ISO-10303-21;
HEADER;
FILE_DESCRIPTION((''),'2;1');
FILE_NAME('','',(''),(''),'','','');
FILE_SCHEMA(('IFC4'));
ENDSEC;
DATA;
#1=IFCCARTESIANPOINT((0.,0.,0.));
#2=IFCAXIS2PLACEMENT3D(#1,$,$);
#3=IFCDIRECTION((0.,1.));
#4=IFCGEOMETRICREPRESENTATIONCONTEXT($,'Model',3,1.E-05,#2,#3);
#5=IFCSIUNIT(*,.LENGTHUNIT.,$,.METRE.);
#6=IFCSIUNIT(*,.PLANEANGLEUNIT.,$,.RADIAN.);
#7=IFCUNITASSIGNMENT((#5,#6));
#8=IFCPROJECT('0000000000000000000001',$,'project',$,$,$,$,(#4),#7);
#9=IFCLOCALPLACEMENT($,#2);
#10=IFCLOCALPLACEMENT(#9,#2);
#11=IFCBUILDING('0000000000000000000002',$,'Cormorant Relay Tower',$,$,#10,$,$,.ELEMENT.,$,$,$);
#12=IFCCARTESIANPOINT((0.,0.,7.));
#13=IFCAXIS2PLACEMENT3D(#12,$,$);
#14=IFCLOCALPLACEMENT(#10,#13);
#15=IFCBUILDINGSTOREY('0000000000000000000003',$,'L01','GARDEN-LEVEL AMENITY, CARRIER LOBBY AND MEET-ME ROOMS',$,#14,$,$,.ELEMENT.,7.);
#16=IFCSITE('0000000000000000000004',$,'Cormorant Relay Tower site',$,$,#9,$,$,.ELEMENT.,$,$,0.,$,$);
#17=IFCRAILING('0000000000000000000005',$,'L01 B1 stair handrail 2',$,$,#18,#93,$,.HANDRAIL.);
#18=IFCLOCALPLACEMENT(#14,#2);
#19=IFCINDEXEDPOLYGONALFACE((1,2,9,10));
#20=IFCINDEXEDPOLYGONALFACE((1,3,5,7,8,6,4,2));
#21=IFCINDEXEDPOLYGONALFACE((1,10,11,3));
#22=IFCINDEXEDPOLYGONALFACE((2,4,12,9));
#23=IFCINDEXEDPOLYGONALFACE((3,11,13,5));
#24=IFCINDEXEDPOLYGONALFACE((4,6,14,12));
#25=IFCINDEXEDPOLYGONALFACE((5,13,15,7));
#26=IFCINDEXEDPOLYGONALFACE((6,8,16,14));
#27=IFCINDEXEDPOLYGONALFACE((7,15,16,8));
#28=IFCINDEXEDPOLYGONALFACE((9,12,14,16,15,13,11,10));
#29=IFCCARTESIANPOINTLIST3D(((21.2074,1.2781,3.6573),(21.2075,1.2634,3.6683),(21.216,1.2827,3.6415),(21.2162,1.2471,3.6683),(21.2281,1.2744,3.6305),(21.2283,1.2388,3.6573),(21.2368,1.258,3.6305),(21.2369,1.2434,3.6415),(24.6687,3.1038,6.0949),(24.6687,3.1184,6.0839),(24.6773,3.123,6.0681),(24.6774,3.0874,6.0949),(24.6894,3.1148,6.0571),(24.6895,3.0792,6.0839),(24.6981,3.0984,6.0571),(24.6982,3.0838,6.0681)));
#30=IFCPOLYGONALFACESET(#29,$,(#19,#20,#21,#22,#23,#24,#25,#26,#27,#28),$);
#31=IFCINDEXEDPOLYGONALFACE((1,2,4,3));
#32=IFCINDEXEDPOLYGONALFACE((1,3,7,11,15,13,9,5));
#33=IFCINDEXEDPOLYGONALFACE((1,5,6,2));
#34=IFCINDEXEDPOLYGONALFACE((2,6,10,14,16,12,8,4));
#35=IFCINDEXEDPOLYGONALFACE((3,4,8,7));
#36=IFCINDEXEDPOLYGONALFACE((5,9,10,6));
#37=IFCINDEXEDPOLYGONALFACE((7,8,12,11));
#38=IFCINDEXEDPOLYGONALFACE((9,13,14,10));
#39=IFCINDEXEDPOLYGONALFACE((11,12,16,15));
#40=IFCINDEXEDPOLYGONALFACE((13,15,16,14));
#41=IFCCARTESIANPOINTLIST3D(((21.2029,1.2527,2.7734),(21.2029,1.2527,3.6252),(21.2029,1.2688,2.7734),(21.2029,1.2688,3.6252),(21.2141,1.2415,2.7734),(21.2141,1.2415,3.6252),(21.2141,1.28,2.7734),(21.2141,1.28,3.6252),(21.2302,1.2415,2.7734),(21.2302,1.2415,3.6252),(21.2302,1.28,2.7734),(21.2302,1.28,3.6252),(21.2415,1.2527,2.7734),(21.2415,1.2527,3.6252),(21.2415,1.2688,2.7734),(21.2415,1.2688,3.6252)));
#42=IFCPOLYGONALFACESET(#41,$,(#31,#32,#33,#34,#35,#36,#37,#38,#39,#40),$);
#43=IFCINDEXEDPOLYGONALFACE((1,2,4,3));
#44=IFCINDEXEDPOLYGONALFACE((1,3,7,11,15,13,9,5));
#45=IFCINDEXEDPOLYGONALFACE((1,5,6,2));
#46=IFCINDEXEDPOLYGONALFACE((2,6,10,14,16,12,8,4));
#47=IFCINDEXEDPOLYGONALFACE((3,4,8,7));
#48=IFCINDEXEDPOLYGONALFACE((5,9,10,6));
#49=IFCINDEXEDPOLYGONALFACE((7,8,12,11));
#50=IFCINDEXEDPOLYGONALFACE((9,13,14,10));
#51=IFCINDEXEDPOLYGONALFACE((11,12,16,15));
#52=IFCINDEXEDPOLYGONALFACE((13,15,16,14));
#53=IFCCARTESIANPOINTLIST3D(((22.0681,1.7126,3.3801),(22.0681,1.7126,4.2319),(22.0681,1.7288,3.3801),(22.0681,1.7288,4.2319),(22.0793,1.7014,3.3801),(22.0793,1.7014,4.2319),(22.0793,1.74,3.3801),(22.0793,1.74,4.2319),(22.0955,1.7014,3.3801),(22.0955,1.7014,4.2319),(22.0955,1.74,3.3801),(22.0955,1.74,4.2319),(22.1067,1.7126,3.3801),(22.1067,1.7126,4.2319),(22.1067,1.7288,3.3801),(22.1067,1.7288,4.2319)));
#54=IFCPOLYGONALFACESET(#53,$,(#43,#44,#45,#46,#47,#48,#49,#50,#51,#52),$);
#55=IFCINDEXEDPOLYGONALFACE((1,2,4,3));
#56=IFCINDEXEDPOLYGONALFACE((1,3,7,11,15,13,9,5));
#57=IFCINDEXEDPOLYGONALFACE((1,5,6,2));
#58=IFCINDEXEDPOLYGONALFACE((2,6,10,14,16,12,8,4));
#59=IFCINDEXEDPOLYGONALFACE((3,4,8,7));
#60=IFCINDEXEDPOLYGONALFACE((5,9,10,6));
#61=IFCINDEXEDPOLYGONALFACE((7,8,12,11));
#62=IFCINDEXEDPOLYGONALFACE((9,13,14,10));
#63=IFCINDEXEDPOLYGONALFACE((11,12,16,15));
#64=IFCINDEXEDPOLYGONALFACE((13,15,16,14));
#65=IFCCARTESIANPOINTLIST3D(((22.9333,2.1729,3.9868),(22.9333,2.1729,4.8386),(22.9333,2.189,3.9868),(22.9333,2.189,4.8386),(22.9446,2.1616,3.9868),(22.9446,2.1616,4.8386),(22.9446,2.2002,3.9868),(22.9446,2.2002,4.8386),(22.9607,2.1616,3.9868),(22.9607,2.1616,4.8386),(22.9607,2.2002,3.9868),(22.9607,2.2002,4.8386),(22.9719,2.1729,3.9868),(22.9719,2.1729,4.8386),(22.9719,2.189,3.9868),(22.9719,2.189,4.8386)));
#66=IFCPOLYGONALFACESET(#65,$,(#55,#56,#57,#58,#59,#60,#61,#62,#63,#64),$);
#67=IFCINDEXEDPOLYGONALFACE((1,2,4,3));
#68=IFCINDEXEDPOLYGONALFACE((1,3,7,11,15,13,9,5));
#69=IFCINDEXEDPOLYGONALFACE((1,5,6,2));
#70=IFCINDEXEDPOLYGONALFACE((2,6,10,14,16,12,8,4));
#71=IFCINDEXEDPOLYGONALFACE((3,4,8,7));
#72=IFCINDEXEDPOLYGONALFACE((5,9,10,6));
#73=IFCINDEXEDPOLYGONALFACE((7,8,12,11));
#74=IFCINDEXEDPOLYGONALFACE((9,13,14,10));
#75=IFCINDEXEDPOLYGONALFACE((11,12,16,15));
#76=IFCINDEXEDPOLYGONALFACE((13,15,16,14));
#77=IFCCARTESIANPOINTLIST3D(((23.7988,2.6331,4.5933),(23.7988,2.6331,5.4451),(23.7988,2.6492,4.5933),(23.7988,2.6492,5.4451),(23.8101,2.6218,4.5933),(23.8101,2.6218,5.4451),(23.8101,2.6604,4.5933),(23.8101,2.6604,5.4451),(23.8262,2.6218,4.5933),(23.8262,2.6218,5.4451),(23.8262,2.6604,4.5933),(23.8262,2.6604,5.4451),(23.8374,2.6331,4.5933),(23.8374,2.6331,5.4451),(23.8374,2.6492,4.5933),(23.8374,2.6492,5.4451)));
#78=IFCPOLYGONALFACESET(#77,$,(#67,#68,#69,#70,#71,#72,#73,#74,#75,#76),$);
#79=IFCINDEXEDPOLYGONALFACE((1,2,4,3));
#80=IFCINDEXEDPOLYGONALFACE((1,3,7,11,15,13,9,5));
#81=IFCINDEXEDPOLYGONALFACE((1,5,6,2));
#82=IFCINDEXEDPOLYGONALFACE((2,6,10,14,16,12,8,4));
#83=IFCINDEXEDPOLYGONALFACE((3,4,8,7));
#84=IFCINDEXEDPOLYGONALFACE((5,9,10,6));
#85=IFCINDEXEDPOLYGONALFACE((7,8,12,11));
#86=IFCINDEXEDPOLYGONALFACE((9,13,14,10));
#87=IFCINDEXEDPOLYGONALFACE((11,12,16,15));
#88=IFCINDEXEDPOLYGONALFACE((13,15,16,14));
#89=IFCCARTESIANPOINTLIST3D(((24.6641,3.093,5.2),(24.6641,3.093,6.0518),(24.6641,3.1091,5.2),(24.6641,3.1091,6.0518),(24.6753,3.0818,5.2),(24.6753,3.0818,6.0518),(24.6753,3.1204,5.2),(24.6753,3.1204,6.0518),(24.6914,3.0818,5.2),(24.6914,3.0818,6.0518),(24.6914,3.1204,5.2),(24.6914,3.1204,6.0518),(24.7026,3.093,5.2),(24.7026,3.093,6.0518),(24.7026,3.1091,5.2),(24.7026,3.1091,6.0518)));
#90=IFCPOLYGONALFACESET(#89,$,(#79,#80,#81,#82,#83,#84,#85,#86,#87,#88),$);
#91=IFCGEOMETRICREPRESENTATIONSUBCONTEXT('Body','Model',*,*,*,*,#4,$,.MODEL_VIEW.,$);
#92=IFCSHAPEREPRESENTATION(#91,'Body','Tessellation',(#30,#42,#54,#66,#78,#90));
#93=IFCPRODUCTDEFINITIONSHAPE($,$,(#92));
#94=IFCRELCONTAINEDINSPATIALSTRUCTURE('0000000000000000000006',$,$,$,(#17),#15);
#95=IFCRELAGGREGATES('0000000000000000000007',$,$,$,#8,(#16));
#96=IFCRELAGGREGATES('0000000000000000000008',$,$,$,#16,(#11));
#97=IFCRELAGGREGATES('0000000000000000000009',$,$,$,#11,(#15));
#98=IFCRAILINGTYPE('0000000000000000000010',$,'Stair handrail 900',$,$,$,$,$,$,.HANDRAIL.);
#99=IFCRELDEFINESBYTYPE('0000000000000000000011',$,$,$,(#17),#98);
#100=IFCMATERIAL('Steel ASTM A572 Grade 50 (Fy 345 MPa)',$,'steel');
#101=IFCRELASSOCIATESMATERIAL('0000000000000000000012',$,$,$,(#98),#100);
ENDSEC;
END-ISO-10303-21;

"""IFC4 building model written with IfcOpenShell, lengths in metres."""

from ifc_helpers import new_model, si_unit, direction, frame, origin, place, context, subcontext, project, spatial, polyline, outline, extrude, material, type_object, element, save


model = new_model("IFC4")

# Units and contexts
model_context = context("Model", 3, precision=1e-05, world=origin(), true_north=direction((0.0, 1.0)))
body_context = subcontext(model_context, "Body", "Model", "MODEL_VIEW")
ifc_project = project(units=[si_unit("LENGTHUNIT", "METRE"), si_unit("PLANEANGLEUNIT", "RADIAN")], contexts=[model_context])

# Site, building, storey
site_placement = place(None, origin())
site = spatial("IfcSite", under=ifc_project, at=site_placement, Name="Cormorant Relay Tower site", CompositionType="ELEMENT", RefElevation=0.0)
building_placement = place(site_placement, origin())
building = spatial("IfcBuilding", under=site, at=building_placement, Name="Cormorant Relay Tower", CompositionType="ELEMENT")
storey_placement = place(building_placement, frame((0.0, 0.0, 7.0)))
storey = spatial("IfcBuildingStorey", under=building, at=storey_placement, Name="L01", Description="GARDEN-LEVEL AMENITY, CARRIER LOBBY AND MEET-ME ROOMS", CompositionType="ELEMENT", Elevation=7.0)

# Railing
ifc_material_1 = material(Name="Steel ASTM A572 Grade 50 (Fy 345 MPa)", Category="steel")
railing_type_1 = type_object("IfcRailingType", Name="Stair handrail 900", PredefinedType="HANDRAIL", material=ifc_material_1)
railing_1_placement = place(storey_placement, frame((21.2222, 1.2607, 2.7734)))
element("IfcRailing", 1, at=railing_1_placement, inside=storey, type_object=railing_type_1, Name="L01 B1 stair handrail 2", PredefinedType="HANDRAIL", context=body_context, shape_type="SweptSolid", body=[
    extrude(outline(polyline([(0.0222, 0.0093), (0.0093, 0.0222), (-0.0093, 0.0222), (-0.0222, 0.0093), (-0.0222, -0.0093), (-0.0093, -0.0222), (0.0093, -0.0222), (0.0222, -0.0093), (0.0222, 0.0093)])), frame((0.0, 0.0, 0.876), z_axis=(0.750755, 0.399181, 0.526328), x_axis=(-0.469469, 0.882949, 0.0)), (0.0, 0.0, 1.0), 4.6104),
    extrude(outline(polyline([(0.0193, 0.0081), (0.0081, 0.0193), (-0.0081, 0.0193), (-0.0193, 0.0081), (-0.0193, -0.0081), (-0.0081, -0.0193), (0.0081, -0.0193), (0.0193, -0.0081), (0.0193, 0.0081)])), origin(), (0.0, 0.0, 1.0), 0.8518),
    extrude(outline(polyline([(0.0193, 0.0081), (0.0081, 0.0193), (-0.0081, 0.0193), (-0.0193, 0.0081), (-0.0193, -0.0081), (-0.0081, -0.0193), (0.0081, -0.0193), (0.0193, -0.0081), (0.0193, 0.0081)])), frame((0.8652, 0.46, 0.6067)), (0.0, 0.0, 1.0), 0.8518),
    extrude(outline(polyline([(0.0193, 0.0081), (0.0081, 0.0193), (-0.0081, 0.0193), (-0.0193, 0.0081), (-0.0193, -0.0081), (-0.0081, -0.0193), (0.0081, -0.0193), (0.0193, -0.0081), (0.0193, 0.0081)])), frame((1.7305, 0.9202, 1.2134)), (0.0, 0.0, 1.0), 0.8518),
    extrude(outline(polyline([(0.0193, 0.0081), (0.0081, 0.0193), (-0.0081, 0.0193), (-0.0193, 0.0081), (-0.0193, -0.0081), (-0.0081, -0.0193), (0.0081, -0.0193), (0.0193, -0.0081), (0.0193, 0.0081)])), frame((2.5959, 1.3804, 1.8198)), (0.0, 0.0, 1.0), 0.8518),
    extrude(outline(polyline([(0.0193, 0.0081), (0.0081, 0.0193), (-0.0081, 0.0193), (-0.0193, 0.0081), (-0.0193, -0.0081), (-0.0081, -0.0193), (0.0081, -0.0193), (0.0193, -0.0081), (0.0193, 0.0081)])), frame((3.4612, 1.8403, 2.4265)), (0.0, 0.0, 1.0), 0.8518),
])

save(model, "model.ifc")
